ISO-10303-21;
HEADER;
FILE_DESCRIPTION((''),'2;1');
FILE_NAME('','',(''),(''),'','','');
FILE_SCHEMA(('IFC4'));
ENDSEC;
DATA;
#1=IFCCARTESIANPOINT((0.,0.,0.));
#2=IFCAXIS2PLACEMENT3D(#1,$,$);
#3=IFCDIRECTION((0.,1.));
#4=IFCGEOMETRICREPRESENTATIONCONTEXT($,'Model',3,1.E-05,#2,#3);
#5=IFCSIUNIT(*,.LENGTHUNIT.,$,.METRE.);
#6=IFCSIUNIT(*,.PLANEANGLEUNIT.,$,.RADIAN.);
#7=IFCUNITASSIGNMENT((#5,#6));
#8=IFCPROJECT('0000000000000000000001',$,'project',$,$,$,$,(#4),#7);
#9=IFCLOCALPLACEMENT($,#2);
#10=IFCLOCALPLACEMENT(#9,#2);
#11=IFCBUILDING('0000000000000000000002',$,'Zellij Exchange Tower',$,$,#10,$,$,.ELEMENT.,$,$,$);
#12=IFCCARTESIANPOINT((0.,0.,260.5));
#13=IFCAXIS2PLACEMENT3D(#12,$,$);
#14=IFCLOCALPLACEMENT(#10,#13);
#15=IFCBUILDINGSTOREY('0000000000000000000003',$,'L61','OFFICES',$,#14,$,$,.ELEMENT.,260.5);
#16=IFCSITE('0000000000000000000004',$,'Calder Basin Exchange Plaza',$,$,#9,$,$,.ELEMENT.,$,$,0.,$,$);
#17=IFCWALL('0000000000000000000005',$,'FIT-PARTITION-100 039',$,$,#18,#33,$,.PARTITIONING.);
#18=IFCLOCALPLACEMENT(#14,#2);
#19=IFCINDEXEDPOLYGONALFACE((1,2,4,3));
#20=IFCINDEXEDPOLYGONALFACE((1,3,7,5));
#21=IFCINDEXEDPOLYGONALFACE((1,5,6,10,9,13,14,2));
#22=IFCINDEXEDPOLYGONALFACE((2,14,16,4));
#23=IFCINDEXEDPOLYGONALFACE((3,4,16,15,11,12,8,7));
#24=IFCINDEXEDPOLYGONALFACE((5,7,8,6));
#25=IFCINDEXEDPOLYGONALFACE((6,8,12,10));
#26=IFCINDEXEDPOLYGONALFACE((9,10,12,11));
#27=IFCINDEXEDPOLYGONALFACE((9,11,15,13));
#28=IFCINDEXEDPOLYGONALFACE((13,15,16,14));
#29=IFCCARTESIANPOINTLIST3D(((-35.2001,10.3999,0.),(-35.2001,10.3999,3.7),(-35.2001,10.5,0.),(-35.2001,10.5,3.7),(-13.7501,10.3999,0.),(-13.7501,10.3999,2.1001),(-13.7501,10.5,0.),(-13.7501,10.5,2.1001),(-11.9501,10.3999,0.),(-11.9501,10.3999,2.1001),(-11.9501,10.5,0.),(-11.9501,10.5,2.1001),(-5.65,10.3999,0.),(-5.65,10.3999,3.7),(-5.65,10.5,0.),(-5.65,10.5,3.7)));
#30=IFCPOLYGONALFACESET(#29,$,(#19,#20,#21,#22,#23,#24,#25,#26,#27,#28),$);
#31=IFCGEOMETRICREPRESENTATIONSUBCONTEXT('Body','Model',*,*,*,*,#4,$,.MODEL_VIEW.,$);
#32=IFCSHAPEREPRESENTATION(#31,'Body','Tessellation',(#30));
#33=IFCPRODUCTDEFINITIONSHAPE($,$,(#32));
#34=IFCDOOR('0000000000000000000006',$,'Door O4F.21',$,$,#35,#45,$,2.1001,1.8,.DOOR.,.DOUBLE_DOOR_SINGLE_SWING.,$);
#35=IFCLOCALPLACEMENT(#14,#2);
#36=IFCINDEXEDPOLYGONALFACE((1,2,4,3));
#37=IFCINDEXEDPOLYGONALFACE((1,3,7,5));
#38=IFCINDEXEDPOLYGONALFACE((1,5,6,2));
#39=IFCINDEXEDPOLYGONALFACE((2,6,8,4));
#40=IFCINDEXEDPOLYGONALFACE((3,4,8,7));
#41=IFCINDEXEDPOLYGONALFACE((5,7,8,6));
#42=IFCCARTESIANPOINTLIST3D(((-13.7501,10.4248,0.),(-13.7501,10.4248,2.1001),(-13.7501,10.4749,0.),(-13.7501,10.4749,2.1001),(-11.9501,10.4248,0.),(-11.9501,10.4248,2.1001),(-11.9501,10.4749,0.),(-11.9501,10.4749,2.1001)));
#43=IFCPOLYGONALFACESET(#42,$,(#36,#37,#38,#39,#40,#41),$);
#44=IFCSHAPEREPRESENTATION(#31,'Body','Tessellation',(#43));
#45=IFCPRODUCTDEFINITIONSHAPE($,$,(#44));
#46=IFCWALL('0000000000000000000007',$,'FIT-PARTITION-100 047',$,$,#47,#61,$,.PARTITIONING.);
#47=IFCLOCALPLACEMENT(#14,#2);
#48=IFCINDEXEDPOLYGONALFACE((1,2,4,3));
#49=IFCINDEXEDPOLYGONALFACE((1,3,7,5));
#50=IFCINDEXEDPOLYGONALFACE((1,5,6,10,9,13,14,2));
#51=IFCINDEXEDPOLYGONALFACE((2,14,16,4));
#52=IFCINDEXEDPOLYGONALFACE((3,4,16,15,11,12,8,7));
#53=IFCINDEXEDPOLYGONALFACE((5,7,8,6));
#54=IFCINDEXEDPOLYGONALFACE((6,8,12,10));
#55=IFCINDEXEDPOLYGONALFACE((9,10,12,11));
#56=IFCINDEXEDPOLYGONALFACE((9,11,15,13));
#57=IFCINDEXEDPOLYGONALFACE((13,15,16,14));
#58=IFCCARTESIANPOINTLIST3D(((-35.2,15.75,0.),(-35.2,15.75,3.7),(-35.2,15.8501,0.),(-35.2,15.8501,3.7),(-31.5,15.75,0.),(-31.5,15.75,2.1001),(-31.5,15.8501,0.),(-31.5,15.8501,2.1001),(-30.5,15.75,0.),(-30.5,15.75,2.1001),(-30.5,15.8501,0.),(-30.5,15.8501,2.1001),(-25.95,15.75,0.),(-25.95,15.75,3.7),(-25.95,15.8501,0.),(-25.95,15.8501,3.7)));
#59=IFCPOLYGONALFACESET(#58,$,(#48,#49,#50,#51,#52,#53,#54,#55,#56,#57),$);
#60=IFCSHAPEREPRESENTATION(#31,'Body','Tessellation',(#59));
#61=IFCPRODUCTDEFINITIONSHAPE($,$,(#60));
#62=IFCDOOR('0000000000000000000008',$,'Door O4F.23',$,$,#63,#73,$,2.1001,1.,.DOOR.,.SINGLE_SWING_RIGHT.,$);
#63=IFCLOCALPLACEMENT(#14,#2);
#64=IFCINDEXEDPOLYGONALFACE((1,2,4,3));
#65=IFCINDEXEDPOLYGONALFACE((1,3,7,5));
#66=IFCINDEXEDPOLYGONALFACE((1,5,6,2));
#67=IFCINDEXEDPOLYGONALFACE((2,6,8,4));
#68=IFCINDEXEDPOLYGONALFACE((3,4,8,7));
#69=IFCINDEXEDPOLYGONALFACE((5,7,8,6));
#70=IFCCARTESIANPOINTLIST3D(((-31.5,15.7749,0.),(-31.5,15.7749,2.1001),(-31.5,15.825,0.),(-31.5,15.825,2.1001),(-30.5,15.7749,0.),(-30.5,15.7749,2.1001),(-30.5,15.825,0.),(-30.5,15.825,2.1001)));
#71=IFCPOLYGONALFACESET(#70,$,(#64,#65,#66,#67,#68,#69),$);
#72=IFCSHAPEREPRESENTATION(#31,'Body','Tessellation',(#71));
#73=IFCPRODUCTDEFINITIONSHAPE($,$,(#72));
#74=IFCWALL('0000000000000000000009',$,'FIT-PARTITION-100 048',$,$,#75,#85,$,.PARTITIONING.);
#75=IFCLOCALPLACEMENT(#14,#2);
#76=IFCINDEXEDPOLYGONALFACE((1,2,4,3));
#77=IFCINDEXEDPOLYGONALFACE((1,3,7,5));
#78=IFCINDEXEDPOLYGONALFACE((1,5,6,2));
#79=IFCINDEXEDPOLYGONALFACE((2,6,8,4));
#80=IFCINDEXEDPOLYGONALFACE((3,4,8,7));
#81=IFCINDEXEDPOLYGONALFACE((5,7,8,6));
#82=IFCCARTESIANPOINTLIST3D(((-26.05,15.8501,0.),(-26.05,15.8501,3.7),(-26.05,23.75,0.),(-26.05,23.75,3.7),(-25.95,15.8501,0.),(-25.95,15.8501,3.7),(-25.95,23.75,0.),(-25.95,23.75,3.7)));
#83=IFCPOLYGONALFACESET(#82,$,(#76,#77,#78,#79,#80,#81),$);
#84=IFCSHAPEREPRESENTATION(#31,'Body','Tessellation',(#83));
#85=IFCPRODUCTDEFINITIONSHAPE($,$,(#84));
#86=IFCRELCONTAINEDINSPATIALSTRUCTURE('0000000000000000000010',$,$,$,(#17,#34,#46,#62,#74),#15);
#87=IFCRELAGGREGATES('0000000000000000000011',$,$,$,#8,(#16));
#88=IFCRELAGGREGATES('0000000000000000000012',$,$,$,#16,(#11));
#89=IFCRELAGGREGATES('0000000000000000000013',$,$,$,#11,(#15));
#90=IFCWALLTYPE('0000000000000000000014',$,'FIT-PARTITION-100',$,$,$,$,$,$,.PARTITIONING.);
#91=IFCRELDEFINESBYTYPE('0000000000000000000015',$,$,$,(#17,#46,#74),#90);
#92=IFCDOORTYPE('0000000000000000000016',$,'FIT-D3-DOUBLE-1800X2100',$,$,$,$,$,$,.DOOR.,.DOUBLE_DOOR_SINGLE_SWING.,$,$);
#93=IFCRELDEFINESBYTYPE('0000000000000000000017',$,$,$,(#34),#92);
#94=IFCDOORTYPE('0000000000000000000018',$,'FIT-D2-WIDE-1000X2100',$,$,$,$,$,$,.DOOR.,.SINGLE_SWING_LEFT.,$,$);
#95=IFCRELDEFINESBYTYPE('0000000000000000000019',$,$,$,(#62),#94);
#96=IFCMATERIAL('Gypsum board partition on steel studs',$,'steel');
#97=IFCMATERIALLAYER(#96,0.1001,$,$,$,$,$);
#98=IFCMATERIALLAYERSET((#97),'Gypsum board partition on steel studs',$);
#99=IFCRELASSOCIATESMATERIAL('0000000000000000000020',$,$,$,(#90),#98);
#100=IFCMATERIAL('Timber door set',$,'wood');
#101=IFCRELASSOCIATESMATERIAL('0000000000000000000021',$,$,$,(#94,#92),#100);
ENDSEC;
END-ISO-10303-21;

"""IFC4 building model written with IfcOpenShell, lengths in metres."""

from ifc_helpers import new_model, si_unit, direction, frame, frame_2d, origin, place, context, subcontext, project, spatial, rectangle, extrude, material, layer, layer_set, type_object, element, fill, save


model = new_model("IFC4")

# Units and contexts
model_context = context("Model", 3, precision=1e-05, world=origin(), true_north=direction((0.0, 1.0)))
body_context = subcontext(model_context, "Body", "Model", "MODEL_VIEW")
ifc_project = project(units=[si_unit("LENGTHUNIT", "METRE"), si_unit("PLANEANGLEUNIT", "RADIAN")], contexts=[model_context])

# Site, building, storey
site_placement = place(None, origin())
site = spatial("IfcSite", under=ifc_project, at=site_placement, Name="Calder Basin Exchange Plaza", CompositionType="ELEMENT", RefElevation=0.0)
building_placement = place(site_placement, origin())
building = spatial("IfcBuilding", under=site, at=building_placement, Name="Zellij Exchange Tower", CompositionType="ELEMENT")
storey_placement = place(building_placement, frame((0.0, 0.0, 260.5)))
storey = spatial("IfcBuildingStorey", under=building, at=storey_placement, Name="L61", Description="OFFICES", CompositionType="ELEMENT", Elevation=260.5)

# Shared definitions
ifc_material_1 = material(Name="Gypsum board partition on steel studs", Category="steel")
ifc_layer = layer(ifc_material_1, 0.1001)
ifc_layer_set = layer_set([ifc_layer], Name="Gypsum board partition on steel studs")
wall_type = type_object("IfcWallType", Name="FIT-PARTITION-100", PredefinedType="PARTITIONING", material=ifc_layer_set)

# Shared definitions
ifc_material_2 = material(Name="Timber door set", Category="wood")
door_type_1 = type_object("IfcDoorType", Name="FIT-D2-WIDE-1000X2100", OperationType="SINGLE_SWING_LEFT", PredefinedType="DOOR", material=ifc_material_2)

# Walls, openings, doors
wall_1_placement = place(storey_placement, frame((-35.2, 10.45, 0.0), z_axis=(0.0, 0.0, 1.0), x_axis=(1.0, 0.0, 0.0)))
wall_1 = element("IfcWall", 1, at=wall_1_placement, inside=storey, type_object=wall_type, Name="FIT-PARTITION-100 039", PredefinedType="PARTITIONING", context=body_context, shape_type="SweptSolid", body=[
    extrude(rectangle(XDim=29.55, YDim=0.1001, at=frame_2d((14.7749, 0.0))), origin(), (0.0, 0.0, 1.0), 3.7),
])
opening_1_placement = place(wall_1_placement, frame((21.45, 0.0, 0.0)))
opening_1 = element("IfcOpeningElement", 2, at=opening_1_placement, cuts=wall_1, PredefinedType="OPENING", context=body_context, shape_type="SweptSolid", body=[
    extrude(rectangle(XDim=1.8, YDim=2.1001, at=frame_2d((0.8999, 1.05))), frame((0.0, 0.062, 0.0), z_axis=(0.0, -1.0, 0.0), x_axis=(1.0, 0.0, 0.0)), (0.0, 0.0, 1.0), 0.124),
])
door_type_2 = type_object("IfcDoorType", Name="FIT-D3-DOUBLE-1800X2100", OperationType="DOUBLE_DOOR_SINGLE_SWING", PredefinedType="DOOR", material=ifc_material_2)
door_1_placement = place(opening_1_placement, origin())
door_1 = element("IfcDoor", 3, at=door_1_placement, inside=storey, type_object=door_type_2, Name="Door O4F.21", OperationType="DOUBLE_DOOR_SINGLE_SWING", OverallHeight=2.1001, OverallWidth=1.8, PredefinedType="DOOR", context=body_context, shape_type="SweptSolid", body=[
    extrude(rectangle(XDim=1.8, YDim=2.1001, at=frame_2d((0.8999, 1.05))), frame((0.0, 0.0249, 0.0), z_axis=(0.0, -1.0, 0.0), x_axis=(1.0, 0.0, 0.0)), (0.0, 0.0, 1.0), 0.05),
])
fill(opening_1, door_1)
wall_2_placement = place(storey_placement, frame((-35.2, 15.8, 0.0), z_axis=(0.0, 0.0, 1.0), x_axis=(1.0, 0.0, 0.0)))
wall_2 = element("IfcWall", 4, at=wall_2_placement, inside=storey, type_object=wall_type, Name="FIT-PARTITION-100 047", PredefinedType="PARTITIONING", context=body_context, shape_type="SweptSolid", body=[
    extrude(rectangle(XDim=9.25, YDim=0.1001, at=frame_2d((4.625, 0.0))), origin(), (0.0, 0.0, 1.0), 3.7),
])
opening_2_placement = place(wall_2_placement, frame((3.7, 0.0, 0.0)))
opening_2 = element("IfcOpeningElement", 5, at=opening_2_placement, cuts=wall_2, PredefinedType="OPENING", context=body_context, shape_type="SweptSolid", body=[
    extrude(rectangle(XDim=1.0, YDim=2.1001, at=frame_2d((0.5, 1.05))), frame((0.0, 0.062, 0.0), z_axis=(0.0, -1.0, 0.0), x_axis=(1.0, 0.0, 0.0)), (0.0, 0.0, 1.0), 0.124),
])
door_2_placement = place(opening_2_placement, origin())
door_2 = element("IfcDoor", 6, at=door_2_placement, inside=storey, type_object=door_type_1, Name="Door O4F.23", OperationType="SINGLE_SWING_RIGHT", OverallHeight=2.1001, OverallWidth=1.0, PredefinedType="DOOR", context=body_context, shape_type="SweptSolid", body=[
    extrude(rectangle(XDim=1.0, YDim=2.1001, at=frame_2d((0.5, 1.05))), frame((0.0, 0.0249, 0.0), z_axis=(0.0, -1.0, 0.0), x_axis=(1.0, 0.0, 0.0)), (0.0, 0.0, 1.0), 0.05),
])
fill(opening_2, door_2)

# Wall
wall_3_placement = place(storey_placement, frame((-26.0, 15.8501, 0.0), z_axis=(0.0, 0.0, 1.0), x_axis=(0.0, 1.0, 0.0)))
element("IfcWall", 7, at=wall_3_placement, inside=storey, type_object=wall_type, Name="FIT-PARTITION-100 048", PredefinedType="PARTITIONING", context=body_context, shape_type="SweptSolid", body=[
    extrude(rectangle(XDim=7.8999, YDim=0.1001, at=frame_2d((3.95, 0.0))), origin(), (0.0, 0.0, 1.0), 3.7),
])

save(model, "model.ifc")
